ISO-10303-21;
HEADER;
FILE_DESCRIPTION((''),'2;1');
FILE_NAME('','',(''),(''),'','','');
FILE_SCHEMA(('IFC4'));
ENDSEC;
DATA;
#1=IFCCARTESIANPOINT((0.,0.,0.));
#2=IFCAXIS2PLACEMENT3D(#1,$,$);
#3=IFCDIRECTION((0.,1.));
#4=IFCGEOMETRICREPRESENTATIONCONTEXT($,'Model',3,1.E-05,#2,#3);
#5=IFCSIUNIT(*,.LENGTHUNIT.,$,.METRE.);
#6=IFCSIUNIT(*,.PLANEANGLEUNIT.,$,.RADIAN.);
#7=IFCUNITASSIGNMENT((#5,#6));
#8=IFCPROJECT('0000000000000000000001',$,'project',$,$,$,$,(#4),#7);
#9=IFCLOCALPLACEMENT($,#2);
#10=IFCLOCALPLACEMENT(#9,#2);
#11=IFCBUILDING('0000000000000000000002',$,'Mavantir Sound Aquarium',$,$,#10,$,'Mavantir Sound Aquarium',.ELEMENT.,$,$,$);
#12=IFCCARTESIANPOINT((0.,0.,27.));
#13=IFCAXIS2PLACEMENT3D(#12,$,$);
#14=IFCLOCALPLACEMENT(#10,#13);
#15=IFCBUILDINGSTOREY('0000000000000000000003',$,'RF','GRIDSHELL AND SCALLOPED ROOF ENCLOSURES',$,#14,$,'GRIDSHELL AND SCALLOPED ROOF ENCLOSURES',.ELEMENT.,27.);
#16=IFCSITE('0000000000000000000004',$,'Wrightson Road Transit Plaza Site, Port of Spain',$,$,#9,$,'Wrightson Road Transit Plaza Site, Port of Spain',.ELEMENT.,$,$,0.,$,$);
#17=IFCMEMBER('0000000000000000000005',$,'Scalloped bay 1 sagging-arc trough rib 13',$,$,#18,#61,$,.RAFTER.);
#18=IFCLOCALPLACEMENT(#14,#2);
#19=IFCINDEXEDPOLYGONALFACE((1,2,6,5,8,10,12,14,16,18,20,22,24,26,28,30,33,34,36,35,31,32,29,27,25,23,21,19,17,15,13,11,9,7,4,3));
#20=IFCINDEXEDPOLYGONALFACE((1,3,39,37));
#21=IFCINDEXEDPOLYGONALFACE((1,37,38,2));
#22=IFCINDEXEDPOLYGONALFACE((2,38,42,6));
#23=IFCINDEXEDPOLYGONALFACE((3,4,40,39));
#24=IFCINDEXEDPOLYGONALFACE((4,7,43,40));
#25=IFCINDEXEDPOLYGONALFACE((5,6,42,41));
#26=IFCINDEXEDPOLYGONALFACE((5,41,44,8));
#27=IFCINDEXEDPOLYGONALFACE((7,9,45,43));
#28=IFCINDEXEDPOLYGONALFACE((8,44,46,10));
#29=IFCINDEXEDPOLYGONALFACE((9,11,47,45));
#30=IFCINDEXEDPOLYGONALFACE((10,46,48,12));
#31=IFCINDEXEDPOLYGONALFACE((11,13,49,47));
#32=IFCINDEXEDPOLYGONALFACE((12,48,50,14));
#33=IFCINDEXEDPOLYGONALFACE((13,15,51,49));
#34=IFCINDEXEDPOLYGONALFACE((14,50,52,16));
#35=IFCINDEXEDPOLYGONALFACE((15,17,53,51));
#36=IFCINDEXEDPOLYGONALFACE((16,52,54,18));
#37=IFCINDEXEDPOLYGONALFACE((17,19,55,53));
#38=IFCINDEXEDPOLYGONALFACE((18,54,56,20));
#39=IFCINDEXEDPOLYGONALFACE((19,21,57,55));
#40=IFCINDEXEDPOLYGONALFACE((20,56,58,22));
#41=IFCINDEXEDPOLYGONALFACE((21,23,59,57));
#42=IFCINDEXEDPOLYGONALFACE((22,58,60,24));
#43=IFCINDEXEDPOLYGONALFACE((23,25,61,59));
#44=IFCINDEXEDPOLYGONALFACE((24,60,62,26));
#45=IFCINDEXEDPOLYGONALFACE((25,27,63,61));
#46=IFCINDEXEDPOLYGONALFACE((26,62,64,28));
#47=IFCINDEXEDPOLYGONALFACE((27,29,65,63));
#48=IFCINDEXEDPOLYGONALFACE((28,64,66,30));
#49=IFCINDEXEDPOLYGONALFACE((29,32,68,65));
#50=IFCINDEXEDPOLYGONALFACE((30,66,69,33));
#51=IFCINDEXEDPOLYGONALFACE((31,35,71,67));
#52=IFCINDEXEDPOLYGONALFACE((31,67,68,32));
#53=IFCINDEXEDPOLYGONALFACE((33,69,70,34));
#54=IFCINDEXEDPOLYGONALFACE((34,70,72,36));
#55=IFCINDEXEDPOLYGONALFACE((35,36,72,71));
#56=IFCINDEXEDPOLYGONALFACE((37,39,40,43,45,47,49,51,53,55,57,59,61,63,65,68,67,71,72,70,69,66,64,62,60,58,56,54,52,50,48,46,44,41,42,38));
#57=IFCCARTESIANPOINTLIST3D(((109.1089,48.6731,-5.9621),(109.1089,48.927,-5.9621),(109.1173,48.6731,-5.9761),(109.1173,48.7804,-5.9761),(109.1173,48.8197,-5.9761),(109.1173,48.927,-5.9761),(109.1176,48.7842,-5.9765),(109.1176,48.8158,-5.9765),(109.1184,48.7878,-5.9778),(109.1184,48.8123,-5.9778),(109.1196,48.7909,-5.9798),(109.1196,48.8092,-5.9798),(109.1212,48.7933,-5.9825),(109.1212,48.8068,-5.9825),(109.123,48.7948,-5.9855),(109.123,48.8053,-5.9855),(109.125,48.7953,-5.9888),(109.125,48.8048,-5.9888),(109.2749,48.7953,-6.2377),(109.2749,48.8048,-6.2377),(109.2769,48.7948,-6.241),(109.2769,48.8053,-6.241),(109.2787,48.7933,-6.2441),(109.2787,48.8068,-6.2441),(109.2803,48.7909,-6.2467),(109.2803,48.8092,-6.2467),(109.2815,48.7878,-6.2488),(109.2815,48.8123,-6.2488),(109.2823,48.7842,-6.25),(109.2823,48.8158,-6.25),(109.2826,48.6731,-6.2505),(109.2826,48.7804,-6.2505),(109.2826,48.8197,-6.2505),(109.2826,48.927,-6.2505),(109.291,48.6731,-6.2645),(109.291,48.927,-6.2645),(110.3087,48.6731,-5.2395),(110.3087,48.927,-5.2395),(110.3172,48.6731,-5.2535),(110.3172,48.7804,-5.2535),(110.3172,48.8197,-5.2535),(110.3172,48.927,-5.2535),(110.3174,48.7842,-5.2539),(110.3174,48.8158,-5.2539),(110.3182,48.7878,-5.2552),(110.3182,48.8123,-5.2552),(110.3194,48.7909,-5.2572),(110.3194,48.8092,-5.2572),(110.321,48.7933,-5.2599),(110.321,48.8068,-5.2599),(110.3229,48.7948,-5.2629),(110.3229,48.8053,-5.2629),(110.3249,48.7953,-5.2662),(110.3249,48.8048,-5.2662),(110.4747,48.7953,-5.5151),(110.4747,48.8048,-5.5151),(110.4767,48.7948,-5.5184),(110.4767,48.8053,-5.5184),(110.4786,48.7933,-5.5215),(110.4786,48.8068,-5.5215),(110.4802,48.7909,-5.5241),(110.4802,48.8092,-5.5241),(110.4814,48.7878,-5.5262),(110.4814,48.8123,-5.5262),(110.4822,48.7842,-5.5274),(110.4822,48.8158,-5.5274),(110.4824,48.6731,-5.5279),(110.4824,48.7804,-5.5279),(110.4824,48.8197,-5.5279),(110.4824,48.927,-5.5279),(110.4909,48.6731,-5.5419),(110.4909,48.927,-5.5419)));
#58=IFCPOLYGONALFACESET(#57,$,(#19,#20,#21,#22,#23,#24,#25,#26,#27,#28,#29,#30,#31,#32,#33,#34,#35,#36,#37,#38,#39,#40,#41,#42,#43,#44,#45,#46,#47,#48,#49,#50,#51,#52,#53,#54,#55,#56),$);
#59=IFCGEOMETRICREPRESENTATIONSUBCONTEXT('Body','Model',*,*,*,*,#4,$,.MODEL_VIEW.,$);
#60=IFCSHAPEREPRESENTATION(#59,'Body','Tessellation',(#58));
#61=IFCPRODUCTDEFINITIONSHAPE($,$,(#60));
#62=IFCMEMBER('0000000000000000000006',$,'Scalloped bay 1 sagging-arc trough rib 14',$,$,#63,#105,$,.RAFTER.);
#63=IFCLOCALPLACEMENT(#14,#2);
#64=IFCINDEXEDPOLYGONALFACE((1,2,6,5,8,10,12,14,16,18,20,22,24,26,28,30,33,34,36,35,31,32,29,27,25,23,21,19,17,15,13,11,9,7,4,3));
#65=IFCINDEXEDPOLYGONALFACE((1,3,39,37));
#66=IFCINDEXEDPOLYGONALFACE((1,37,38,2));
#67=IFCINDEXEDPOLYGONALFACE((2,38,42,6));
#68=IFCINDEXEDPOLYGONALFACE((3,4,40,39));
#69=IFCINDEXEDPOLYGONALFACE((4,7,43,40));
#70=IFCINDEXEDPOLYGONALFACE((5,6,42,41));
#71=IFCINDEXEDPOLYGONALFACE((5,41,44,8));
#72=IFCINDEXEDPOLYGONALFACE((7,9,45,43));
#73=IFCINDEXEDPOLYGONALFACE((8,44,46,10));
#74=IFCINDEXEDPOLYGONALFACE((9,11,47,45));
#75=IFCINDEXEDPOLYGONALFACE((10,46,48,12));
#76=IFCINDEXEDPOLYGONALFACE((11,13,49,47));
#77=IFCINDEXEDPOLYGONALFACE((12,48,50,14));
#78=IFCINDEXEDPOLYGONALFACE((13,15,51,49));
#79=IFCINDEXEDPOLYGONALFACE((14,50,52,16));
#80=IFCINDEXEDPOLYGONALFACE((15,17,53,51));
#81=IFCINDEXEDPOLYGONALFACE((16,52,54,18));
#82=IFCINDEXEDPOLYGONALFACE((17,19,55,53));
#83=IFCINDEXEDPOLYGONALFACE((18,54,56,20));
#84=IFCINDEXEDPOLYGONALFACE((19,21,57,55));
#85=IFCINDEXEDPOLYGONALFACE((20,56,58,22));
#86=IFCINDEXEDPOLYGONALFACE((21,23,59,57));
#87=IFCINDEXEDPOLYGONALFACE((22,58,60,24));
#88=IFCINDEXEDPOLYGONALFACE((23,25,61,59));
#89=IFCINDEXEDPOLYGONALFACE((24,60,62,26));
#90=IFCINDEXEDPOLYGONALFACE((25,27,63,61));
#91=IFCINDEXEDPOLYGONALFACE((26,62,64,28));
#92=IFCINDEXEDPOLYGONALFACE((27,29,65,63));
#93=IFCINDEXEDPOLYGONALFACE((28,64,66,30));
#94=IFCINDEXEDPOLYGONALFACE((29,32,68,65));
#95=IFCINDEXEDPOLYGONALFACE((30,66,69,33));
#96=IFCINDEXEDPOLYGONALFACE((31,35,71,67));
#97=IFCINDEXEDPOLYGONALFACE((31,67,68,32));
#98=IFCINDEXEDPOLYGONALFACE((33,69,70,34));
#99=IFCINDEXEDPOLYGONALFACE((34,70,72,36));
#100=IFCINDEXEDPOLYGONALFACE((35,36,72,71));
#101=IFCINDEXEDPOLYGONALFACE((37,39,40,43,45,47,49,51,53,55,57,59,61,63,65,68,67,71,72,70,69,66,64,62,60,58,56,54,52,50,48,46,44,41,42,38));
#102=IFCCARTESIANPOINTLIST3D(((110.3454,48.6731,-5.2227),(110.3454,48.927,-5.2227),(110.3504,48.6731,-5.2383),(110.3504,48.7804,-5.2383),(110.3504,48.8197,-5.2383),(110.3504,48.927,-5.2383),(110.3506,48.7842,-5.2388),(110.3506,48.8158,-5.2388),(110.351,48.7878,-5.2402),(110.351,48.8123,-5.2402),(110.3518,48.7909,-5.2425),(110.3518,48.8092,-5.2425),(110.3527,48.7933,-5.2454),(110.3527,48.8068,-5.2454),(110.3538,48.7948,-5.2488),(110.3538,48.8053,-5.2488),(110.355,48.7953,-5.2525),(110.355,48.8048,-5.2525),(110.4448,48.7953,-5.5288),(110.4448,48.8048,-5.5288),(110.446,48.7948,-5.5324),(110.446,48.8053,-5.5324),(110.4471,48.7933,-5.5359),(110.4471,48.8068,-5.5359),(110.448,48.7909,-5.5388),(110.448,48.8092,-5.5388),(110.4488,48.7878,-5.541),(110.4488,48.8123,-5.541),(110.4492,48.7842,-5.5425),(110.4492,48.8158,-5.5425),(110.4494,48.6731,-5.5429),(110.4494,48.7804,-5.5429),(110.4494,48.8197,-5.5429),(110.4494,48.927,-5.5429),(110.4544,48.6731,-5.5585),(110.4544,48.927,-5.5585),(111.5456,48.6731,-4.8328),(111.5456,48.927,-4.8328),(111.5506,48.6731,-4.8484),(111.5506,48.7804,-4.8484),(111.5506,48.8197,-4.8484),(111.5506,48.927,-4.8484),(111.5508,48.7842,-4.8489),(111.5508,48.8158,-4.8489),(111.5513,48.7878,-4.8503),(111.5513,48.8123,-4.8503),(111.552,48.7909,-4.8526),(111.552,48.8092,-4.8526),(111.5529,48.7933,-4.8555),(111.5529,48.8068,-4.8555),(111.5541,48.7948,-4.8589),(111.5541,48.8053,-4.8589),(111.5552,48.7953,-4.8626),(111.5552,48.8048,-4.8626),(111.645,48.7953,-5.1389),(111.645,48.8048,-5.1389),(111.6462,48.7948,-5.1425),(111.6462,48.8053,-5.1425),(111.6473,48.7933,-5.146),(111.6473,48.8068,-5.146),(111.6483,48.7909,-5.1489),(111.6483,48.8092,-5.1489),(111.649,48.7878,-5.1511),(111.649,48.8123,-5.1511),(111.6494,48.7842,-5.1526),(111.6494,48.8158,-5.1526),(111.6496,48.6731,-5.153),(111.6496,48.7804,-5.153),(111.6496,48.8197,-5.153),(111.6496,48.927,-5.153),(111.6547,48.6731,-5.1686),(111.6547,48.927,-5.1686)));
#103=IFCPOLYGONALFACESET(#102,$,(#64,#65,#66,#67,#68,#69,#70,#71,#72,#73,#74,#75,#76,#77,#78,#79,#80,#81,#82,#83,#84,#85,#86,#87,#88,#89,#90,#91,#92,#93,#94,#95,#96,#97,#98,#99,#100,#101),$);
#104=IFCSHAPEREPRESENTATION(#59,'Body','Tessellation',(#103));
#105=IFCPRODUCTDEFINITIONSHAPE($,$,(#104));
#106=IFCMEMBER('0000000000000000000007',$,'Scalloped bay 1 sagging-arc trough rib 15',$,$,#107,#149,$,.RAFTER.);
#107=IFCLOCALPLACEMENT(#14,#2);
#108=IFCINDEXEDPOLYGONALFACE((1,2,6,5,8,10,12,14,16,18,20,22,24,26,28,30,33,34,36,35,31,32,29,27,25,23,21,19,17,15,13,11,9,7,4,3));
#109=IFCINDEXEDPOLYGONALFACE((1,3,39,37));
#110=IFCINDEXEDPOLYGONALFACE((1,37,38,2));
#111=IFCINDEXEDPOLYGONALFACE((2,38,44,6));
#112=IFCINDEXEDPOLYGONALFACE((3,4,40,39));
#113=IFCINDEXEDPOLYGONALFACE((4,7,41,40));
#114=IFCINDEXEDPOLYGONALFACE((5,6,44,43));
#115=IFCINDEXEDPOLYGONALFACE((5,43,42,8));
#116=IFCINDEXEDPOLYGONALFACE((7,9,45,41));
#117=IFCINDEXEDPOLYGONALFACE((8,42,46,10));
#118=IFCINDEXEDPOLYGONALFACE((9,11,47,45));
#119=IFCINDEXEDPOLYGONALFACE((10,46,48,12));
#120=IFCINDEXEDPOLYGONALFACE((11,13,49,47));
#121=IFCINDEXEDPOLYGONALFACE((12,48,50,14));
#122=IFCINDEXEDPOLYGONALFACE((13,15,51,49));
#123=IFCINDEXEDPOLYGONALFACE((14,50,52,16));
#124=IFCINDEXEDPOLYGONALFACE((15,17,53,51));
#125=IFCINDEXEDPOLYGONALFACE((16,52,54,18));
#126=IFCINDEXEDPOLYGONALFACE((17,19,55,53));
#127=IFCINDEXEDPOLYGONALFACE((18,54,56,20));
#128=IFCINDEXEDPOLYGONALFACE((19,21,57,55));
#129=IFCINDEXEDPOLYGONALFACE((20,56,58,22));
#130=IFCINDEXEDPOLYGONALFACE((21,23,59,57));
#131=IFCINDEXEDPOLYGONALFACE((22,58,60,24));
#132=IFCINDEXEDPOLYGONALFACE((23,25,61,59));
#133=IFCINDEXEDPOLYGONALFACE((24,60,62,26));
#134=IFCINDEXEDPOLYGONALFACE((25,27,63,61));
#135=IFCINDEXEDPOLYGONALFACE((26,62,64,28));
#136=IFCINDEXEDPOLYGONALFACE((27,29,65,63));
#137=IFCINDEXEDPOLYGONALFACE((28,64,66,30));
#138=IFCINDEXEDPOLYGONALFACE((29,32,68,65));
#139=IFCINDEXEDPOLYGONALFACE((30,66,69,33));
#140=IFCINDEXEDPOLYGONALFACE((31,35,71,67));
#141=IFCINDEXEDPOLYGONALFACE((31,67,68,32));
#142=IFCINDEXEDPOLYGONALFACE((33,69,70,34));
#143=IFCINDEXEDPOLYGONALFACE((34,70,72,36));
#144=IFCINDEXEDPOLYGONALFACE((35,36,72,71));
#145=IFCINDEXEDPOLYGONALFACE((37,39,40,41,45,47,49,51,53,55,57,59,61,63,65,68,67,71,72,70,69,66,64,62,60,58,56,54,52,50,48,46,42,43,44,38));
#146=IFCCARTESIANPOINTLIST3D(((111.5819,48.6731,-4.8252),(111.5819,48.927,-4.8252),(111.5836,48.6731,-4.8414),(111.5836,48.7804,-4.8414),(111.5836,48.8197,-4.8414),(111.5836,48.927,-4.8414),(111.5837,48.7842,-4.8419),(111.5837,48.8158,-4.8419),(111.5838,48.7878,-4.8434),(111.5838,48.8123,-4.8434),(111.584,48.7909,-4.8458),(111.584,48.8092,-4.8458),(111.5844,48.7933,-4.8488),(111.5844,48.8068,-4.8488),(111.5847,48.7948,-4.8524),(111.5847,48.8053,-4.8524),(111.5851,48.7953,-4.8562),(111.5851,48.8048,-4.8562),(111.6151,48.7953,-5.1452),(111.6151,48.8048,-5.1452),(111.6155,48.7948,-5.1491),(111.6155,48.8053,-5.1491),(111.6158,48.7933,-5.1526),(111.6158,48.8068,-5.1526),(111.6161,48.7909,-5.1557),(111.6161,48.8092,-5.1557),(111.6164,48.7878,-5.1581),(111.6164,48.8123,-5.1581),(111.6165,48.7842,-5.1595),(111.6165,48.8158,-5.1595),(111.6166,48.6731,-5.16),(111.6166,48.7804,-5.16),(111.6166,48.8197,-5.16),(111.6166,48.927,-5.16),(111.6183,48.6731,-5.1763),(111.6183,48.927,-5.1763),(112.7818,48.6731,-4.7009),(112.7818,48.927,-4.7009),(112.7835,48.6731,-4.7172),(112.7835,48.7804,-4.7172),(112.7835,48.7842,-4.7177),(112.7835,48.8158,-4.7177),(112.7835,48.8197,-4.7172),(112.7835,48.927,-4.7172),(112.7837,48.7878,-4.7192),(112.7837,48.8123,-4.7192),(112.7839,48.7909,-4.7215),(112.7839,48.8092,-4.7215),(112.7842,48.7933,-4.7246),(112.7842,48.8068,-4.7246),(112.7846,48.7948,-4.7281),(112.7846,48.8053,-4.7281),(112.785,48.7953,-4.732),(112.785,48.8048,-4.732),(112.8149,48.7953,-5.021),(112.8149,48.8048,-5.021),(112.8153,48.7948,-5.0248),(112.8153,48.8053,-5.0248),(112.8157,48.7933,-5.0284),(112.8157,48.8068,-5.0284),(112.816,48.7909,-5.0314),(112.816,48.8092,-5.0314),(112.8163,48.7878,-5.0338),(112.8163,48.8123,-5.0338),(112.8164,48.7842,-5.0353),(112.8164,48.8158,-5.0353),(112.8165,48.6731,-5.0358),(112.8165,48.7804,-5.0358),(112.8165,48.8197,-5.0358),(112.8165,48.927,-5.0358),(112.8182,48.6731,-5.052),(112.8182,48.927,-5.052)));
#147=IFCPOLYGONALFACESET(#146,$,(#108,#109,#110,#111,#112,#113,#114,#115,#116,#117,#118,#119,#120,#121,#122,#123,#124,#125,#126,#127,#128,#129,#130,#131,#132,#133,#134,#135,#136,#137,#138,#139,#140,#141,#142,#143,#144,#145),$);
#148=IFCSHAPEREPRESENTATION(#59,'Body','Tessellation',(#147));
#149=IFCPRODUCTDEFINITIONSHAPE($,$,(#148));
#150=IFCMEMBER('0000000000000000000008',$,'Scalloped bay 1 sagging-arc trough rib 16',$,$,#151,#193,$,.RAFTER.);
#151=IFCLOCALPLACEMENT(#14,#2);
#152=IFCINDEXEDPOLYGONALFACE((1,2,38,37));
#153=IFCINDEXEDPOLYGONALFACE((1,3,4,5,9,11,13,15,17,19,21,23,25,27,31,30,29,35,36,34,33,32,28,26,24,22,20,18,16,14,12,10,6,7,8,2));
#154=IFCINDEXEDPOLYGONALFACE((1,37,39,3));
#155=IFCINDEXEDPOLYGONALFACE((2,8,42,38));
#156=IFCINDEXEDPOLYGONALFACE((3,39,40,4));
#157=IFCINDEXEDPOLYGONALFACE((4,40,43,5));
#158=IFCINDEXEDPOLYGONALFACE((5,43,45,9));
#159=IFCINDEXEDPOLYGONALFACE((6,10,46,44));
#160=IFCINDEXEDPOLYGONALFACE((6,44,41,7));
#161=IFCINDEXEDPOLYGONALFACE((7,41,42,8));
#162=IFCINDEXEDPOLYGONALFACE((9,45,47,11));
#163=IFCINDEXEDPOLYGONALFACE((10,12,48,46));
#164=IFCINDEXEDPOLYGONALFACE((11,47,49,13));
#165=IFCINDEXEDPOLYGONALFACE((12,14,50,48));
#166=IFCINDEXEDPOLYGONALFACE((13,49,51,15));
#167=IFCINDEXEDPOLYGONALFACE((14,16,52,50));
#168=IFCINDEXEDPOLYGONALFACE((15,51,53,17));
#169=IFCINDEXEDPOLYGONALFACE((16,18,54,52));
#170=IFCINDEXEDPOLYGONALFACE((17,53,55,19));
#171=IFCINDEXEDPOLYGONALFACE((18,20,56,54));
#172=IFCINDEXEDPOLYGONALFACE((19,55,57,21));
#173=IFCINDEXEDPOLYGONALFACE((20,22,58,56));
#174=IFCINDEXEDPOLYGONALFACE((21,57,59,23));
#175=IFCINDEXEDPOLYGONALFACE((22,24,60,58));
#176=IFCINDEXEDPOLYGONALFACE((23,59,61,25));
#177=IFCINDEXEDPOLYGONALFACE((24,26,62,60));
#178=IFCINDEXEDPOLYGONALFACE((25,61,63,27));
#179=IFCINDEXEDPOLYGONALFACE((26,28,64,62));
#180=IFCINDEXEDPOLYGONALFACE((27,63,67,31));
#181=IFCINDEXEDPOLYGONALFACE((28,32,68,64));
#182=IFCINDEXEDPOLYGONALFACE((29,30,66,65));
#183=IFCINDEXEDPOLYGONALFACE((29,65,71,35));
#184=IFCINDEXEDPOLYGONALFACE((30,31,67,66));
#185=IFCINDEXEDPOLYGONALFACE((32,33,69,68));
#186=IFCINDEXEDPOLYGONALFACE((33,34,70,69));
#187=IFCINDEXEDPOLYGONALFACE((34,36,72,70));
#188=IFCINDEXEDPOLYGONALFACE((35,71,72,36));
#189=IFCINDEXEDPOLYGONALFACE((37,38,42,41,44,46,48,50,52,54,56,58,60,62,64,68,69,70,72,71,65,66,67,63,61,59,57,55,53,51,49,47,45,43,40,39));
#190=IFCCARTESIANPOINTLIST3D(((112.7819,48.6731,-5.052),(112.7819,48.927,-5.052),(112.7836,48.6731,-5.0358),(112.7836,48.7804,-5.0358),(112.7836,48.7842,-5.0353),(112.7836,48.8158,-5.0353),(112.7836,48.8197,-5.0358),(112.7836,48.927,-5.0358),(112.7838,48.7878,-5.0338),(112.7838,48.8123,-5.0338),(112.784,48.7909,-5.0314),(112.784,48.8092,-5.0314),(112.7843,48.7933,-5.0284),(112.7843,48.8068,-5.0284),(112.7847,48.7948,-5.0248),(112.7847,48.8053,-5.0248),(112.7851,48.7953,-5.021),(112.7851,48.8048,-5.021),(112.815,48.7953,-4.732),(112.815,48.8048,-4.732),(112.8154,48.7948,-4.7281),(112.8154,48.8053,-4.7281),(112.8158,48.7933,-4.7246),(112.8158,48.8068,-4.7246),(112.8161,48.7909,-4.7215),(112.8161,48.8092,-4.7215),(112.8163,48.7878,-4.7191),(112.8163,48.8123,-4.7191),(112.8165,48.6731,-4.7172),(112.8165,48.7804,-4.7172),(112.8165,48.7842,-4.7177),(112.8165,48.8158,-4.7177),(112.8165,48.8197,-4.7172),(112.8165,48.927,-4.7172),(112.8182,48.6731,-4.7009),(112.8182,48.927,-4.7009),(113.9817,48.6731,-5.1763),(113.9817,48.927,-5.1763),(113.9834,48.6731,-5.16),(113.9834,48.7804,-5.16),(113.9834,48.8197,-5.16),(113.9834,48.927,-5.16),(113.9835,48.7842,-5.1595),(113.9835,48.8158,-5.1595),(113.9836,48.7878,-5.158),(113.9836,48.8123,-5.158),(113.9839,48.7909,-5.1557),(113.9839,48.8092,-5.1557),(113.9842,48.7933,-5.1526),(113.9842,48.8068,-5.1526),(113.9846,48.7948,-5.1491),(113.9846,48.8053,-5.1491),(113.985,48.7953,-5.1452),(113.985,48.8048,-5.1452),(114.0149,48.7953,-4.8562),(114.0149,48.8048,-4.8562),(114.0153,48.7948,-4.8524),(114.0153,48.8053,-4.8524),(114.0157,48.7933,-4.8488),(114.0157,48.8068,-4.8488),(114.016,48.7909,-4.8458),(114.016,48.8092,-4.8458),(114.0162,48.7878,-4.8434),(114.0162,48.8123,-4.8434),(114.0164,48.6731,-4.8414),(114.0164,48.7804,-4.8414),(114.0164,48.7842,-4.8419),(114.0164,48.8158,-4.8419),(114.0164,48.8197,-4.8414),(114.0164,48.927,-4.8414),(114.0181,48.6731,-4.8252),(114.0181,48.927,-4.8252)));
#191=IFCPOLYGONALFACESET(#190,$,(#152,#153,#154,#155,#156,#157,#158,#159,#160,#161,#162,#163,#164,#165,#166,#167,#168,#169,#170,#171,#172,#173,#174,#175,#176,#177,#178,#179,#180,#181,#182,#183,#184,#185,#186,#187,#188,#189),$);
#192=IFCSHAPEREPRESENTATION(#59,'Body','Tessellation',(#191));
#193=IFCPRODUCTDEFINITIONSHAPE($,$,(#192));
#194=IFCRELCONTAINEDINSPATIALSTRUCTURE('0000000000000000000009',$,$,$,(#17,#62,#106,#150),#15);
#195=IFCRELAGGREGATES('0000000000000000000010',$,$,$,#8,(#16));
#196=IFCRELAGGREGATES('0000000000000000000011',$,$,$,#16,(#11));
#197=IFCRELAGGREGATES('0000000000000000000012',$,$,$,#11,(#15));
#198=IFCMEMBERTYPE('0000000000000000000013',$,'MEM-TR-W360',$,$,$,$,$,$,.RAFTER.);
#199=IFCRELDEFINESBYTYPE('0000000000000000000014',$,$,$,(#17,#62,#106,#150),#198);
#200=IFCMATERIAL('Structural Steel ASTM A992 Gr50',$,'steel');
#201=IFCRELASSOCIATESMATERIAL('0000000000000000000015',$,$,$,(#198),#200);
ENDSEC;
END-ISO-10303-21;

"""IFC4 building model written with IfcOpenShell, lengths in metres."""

from ifc_helpers import new_model, si_unit, direction, frame, origin, origin_2d, place, context, subcontext, project, spatial, i_section, extrude, material, material_profile, profile_set, type_object, element, save


model = new_model("IFC4")

# Units and contexts
model_context = context("Model", 3, precision=1e-05, world=origin(), true_north=direction((0.0, 1.0)))
body_context = subcontext(model_context, "Body", "Model", "MODEL_VIEW")
ifc_project = project(units=[si_unit("LENGTHUNIT", "METRE"), si_unit("PLANEANGLEUNIT", "RADIAN")], contexts=[model_context])

# Site, building, storey
site_placement = place(None, origin())
site = spatial("IfcSite", under=ifc_project, at=site_placement, Name="Wrightson Road Transit Plaza Site, Port of Spain", LongName="Wrightson Road Transit Plaza Site, Port of Spain", CompositionType="ELEMENT", RefElevation=0.0)
building_placement = place(site_placement, origin())
building = spatial("IfcBuilding", under=site, at=building_placement, Name="Mavantir Sound Aquarium", LongName="Mavantir Sound Aquarium", CompositionType="ELEMENT")
storey_placement = place(building_placement, frame((0.0, 0.0, 27.0)))
storey = spatial("IfcBuildingStorey", under=building, at=storey_placement, Name="RF", Description="GRIDSHELL AND SCALLOPED ROOF ENCLOSURES", LongName="GRIDSHELL AND SCALLOPED ROOF ENCLOSURES", CompositionType="ELEMENT", Elevation=27.0)

# Shared definitions
ifc_material_1 = material(Name="Structural Steel ASTM A992 Gr50", Category="steel")

# Members
ifc_material_profile_1 = material_profile(ifc_material_1, i_section(OverallWidth=0.2539, OverallDepth=0.353, WebThickness=0.0095, FlangeThickness=0.0164, FilletRadius=0.0149, at=origin_2d()), Name="W360X91")
ifc_profile_set_1 = profile_set([ifc_material_profile_1], Name="Structural Steel ASTM A992 Gr50")
member_type_1 = type_object("IfcMemberType", Name="MEM-TR-W360", PredefinedType="RAFTER", material=ifc_profile_set_1)
member_1_placement = place(storey_placement, frame((109.2, 48.8, -6.1133), z_axis=(0.856646, 0.0, 0.515905), x_axis=(0.0, 1.0, 0.0)))
element("IfcMember", 1, at=member_1_placement, inside=storey, type_object=member_type_1, Name="Scalloped bay 1 sagging-arc trough rib 13", PredefinedType="RAFTER", context=body_context, shape_type="SweptSolid", body=[
    extrude(i_section(OverallWidth=0.2539, OverallDepth=0.353, WebThickness=0.0095, FlangeThickness=0.0164, FilletRadius=0.0149, at=origin_2d()), origin(), (0.0, 0.0, 1.0), 1.4006),
])
member_2_placement = place(storey_placement, frame((110.3999, 48.8, -5.3906), z_axis=(0.951074, 0.0, 0.308964), x_axis=(0.0, 1.0, 0.0)))
element("IfcMember", 2, at=member_2_placement, inside=storey, type_object=member_type_1, Name="Scalloped bay 1 sagging-arc trough rib 14", PredefinedType="RAFTER", context=body_context, shape_type="SweptSolid", body=[
    extrude(i_section(OverallWidth=0.2539, OverallDepth=0.353, WebThickness=0.0095, FlangeThickness=0.0164, FilletRadius=0.0149, at=origin_2d()), origin(), (0.0, 0.0, 1.0), 1.262),
])
for number, where, z_axis, x_axis, name in (
    (3, (111.6001, 48.8, -5.0007), (0.99468, 0.0, 0.10301), (0.0, 1.0, 0.0), "Scalloped bay 1 sagging-arc trough rib 15"),
    (4, (112.8, 48.8, -4.8765), (0.99468, 0.0, -0.10301), (0.0, 1.0, 0.0), "Scalloped bay 1 sagging-arc trough rib 16"),
):
    element("IfcMember", number, at=place(storey_placement, frame(where, z_axis=z_axis, x_axis=x_axis)), inside=storey, type_object=member_type_1, Name=name, PredefinedType="RAFTER", context=body_context, shape_type="SweptSolid", body=[
        extrude(i_section(OverallWidth=0.2539, OverallDepth=0.353, WebThickness=0.0095, FlangeThickness=0.0164, FilletRadius=0.0149, at=origin_2d()), origin(), (0.0, 0.0, 1.0), 1.2063),
    ])

save(model, "model.ifc")
